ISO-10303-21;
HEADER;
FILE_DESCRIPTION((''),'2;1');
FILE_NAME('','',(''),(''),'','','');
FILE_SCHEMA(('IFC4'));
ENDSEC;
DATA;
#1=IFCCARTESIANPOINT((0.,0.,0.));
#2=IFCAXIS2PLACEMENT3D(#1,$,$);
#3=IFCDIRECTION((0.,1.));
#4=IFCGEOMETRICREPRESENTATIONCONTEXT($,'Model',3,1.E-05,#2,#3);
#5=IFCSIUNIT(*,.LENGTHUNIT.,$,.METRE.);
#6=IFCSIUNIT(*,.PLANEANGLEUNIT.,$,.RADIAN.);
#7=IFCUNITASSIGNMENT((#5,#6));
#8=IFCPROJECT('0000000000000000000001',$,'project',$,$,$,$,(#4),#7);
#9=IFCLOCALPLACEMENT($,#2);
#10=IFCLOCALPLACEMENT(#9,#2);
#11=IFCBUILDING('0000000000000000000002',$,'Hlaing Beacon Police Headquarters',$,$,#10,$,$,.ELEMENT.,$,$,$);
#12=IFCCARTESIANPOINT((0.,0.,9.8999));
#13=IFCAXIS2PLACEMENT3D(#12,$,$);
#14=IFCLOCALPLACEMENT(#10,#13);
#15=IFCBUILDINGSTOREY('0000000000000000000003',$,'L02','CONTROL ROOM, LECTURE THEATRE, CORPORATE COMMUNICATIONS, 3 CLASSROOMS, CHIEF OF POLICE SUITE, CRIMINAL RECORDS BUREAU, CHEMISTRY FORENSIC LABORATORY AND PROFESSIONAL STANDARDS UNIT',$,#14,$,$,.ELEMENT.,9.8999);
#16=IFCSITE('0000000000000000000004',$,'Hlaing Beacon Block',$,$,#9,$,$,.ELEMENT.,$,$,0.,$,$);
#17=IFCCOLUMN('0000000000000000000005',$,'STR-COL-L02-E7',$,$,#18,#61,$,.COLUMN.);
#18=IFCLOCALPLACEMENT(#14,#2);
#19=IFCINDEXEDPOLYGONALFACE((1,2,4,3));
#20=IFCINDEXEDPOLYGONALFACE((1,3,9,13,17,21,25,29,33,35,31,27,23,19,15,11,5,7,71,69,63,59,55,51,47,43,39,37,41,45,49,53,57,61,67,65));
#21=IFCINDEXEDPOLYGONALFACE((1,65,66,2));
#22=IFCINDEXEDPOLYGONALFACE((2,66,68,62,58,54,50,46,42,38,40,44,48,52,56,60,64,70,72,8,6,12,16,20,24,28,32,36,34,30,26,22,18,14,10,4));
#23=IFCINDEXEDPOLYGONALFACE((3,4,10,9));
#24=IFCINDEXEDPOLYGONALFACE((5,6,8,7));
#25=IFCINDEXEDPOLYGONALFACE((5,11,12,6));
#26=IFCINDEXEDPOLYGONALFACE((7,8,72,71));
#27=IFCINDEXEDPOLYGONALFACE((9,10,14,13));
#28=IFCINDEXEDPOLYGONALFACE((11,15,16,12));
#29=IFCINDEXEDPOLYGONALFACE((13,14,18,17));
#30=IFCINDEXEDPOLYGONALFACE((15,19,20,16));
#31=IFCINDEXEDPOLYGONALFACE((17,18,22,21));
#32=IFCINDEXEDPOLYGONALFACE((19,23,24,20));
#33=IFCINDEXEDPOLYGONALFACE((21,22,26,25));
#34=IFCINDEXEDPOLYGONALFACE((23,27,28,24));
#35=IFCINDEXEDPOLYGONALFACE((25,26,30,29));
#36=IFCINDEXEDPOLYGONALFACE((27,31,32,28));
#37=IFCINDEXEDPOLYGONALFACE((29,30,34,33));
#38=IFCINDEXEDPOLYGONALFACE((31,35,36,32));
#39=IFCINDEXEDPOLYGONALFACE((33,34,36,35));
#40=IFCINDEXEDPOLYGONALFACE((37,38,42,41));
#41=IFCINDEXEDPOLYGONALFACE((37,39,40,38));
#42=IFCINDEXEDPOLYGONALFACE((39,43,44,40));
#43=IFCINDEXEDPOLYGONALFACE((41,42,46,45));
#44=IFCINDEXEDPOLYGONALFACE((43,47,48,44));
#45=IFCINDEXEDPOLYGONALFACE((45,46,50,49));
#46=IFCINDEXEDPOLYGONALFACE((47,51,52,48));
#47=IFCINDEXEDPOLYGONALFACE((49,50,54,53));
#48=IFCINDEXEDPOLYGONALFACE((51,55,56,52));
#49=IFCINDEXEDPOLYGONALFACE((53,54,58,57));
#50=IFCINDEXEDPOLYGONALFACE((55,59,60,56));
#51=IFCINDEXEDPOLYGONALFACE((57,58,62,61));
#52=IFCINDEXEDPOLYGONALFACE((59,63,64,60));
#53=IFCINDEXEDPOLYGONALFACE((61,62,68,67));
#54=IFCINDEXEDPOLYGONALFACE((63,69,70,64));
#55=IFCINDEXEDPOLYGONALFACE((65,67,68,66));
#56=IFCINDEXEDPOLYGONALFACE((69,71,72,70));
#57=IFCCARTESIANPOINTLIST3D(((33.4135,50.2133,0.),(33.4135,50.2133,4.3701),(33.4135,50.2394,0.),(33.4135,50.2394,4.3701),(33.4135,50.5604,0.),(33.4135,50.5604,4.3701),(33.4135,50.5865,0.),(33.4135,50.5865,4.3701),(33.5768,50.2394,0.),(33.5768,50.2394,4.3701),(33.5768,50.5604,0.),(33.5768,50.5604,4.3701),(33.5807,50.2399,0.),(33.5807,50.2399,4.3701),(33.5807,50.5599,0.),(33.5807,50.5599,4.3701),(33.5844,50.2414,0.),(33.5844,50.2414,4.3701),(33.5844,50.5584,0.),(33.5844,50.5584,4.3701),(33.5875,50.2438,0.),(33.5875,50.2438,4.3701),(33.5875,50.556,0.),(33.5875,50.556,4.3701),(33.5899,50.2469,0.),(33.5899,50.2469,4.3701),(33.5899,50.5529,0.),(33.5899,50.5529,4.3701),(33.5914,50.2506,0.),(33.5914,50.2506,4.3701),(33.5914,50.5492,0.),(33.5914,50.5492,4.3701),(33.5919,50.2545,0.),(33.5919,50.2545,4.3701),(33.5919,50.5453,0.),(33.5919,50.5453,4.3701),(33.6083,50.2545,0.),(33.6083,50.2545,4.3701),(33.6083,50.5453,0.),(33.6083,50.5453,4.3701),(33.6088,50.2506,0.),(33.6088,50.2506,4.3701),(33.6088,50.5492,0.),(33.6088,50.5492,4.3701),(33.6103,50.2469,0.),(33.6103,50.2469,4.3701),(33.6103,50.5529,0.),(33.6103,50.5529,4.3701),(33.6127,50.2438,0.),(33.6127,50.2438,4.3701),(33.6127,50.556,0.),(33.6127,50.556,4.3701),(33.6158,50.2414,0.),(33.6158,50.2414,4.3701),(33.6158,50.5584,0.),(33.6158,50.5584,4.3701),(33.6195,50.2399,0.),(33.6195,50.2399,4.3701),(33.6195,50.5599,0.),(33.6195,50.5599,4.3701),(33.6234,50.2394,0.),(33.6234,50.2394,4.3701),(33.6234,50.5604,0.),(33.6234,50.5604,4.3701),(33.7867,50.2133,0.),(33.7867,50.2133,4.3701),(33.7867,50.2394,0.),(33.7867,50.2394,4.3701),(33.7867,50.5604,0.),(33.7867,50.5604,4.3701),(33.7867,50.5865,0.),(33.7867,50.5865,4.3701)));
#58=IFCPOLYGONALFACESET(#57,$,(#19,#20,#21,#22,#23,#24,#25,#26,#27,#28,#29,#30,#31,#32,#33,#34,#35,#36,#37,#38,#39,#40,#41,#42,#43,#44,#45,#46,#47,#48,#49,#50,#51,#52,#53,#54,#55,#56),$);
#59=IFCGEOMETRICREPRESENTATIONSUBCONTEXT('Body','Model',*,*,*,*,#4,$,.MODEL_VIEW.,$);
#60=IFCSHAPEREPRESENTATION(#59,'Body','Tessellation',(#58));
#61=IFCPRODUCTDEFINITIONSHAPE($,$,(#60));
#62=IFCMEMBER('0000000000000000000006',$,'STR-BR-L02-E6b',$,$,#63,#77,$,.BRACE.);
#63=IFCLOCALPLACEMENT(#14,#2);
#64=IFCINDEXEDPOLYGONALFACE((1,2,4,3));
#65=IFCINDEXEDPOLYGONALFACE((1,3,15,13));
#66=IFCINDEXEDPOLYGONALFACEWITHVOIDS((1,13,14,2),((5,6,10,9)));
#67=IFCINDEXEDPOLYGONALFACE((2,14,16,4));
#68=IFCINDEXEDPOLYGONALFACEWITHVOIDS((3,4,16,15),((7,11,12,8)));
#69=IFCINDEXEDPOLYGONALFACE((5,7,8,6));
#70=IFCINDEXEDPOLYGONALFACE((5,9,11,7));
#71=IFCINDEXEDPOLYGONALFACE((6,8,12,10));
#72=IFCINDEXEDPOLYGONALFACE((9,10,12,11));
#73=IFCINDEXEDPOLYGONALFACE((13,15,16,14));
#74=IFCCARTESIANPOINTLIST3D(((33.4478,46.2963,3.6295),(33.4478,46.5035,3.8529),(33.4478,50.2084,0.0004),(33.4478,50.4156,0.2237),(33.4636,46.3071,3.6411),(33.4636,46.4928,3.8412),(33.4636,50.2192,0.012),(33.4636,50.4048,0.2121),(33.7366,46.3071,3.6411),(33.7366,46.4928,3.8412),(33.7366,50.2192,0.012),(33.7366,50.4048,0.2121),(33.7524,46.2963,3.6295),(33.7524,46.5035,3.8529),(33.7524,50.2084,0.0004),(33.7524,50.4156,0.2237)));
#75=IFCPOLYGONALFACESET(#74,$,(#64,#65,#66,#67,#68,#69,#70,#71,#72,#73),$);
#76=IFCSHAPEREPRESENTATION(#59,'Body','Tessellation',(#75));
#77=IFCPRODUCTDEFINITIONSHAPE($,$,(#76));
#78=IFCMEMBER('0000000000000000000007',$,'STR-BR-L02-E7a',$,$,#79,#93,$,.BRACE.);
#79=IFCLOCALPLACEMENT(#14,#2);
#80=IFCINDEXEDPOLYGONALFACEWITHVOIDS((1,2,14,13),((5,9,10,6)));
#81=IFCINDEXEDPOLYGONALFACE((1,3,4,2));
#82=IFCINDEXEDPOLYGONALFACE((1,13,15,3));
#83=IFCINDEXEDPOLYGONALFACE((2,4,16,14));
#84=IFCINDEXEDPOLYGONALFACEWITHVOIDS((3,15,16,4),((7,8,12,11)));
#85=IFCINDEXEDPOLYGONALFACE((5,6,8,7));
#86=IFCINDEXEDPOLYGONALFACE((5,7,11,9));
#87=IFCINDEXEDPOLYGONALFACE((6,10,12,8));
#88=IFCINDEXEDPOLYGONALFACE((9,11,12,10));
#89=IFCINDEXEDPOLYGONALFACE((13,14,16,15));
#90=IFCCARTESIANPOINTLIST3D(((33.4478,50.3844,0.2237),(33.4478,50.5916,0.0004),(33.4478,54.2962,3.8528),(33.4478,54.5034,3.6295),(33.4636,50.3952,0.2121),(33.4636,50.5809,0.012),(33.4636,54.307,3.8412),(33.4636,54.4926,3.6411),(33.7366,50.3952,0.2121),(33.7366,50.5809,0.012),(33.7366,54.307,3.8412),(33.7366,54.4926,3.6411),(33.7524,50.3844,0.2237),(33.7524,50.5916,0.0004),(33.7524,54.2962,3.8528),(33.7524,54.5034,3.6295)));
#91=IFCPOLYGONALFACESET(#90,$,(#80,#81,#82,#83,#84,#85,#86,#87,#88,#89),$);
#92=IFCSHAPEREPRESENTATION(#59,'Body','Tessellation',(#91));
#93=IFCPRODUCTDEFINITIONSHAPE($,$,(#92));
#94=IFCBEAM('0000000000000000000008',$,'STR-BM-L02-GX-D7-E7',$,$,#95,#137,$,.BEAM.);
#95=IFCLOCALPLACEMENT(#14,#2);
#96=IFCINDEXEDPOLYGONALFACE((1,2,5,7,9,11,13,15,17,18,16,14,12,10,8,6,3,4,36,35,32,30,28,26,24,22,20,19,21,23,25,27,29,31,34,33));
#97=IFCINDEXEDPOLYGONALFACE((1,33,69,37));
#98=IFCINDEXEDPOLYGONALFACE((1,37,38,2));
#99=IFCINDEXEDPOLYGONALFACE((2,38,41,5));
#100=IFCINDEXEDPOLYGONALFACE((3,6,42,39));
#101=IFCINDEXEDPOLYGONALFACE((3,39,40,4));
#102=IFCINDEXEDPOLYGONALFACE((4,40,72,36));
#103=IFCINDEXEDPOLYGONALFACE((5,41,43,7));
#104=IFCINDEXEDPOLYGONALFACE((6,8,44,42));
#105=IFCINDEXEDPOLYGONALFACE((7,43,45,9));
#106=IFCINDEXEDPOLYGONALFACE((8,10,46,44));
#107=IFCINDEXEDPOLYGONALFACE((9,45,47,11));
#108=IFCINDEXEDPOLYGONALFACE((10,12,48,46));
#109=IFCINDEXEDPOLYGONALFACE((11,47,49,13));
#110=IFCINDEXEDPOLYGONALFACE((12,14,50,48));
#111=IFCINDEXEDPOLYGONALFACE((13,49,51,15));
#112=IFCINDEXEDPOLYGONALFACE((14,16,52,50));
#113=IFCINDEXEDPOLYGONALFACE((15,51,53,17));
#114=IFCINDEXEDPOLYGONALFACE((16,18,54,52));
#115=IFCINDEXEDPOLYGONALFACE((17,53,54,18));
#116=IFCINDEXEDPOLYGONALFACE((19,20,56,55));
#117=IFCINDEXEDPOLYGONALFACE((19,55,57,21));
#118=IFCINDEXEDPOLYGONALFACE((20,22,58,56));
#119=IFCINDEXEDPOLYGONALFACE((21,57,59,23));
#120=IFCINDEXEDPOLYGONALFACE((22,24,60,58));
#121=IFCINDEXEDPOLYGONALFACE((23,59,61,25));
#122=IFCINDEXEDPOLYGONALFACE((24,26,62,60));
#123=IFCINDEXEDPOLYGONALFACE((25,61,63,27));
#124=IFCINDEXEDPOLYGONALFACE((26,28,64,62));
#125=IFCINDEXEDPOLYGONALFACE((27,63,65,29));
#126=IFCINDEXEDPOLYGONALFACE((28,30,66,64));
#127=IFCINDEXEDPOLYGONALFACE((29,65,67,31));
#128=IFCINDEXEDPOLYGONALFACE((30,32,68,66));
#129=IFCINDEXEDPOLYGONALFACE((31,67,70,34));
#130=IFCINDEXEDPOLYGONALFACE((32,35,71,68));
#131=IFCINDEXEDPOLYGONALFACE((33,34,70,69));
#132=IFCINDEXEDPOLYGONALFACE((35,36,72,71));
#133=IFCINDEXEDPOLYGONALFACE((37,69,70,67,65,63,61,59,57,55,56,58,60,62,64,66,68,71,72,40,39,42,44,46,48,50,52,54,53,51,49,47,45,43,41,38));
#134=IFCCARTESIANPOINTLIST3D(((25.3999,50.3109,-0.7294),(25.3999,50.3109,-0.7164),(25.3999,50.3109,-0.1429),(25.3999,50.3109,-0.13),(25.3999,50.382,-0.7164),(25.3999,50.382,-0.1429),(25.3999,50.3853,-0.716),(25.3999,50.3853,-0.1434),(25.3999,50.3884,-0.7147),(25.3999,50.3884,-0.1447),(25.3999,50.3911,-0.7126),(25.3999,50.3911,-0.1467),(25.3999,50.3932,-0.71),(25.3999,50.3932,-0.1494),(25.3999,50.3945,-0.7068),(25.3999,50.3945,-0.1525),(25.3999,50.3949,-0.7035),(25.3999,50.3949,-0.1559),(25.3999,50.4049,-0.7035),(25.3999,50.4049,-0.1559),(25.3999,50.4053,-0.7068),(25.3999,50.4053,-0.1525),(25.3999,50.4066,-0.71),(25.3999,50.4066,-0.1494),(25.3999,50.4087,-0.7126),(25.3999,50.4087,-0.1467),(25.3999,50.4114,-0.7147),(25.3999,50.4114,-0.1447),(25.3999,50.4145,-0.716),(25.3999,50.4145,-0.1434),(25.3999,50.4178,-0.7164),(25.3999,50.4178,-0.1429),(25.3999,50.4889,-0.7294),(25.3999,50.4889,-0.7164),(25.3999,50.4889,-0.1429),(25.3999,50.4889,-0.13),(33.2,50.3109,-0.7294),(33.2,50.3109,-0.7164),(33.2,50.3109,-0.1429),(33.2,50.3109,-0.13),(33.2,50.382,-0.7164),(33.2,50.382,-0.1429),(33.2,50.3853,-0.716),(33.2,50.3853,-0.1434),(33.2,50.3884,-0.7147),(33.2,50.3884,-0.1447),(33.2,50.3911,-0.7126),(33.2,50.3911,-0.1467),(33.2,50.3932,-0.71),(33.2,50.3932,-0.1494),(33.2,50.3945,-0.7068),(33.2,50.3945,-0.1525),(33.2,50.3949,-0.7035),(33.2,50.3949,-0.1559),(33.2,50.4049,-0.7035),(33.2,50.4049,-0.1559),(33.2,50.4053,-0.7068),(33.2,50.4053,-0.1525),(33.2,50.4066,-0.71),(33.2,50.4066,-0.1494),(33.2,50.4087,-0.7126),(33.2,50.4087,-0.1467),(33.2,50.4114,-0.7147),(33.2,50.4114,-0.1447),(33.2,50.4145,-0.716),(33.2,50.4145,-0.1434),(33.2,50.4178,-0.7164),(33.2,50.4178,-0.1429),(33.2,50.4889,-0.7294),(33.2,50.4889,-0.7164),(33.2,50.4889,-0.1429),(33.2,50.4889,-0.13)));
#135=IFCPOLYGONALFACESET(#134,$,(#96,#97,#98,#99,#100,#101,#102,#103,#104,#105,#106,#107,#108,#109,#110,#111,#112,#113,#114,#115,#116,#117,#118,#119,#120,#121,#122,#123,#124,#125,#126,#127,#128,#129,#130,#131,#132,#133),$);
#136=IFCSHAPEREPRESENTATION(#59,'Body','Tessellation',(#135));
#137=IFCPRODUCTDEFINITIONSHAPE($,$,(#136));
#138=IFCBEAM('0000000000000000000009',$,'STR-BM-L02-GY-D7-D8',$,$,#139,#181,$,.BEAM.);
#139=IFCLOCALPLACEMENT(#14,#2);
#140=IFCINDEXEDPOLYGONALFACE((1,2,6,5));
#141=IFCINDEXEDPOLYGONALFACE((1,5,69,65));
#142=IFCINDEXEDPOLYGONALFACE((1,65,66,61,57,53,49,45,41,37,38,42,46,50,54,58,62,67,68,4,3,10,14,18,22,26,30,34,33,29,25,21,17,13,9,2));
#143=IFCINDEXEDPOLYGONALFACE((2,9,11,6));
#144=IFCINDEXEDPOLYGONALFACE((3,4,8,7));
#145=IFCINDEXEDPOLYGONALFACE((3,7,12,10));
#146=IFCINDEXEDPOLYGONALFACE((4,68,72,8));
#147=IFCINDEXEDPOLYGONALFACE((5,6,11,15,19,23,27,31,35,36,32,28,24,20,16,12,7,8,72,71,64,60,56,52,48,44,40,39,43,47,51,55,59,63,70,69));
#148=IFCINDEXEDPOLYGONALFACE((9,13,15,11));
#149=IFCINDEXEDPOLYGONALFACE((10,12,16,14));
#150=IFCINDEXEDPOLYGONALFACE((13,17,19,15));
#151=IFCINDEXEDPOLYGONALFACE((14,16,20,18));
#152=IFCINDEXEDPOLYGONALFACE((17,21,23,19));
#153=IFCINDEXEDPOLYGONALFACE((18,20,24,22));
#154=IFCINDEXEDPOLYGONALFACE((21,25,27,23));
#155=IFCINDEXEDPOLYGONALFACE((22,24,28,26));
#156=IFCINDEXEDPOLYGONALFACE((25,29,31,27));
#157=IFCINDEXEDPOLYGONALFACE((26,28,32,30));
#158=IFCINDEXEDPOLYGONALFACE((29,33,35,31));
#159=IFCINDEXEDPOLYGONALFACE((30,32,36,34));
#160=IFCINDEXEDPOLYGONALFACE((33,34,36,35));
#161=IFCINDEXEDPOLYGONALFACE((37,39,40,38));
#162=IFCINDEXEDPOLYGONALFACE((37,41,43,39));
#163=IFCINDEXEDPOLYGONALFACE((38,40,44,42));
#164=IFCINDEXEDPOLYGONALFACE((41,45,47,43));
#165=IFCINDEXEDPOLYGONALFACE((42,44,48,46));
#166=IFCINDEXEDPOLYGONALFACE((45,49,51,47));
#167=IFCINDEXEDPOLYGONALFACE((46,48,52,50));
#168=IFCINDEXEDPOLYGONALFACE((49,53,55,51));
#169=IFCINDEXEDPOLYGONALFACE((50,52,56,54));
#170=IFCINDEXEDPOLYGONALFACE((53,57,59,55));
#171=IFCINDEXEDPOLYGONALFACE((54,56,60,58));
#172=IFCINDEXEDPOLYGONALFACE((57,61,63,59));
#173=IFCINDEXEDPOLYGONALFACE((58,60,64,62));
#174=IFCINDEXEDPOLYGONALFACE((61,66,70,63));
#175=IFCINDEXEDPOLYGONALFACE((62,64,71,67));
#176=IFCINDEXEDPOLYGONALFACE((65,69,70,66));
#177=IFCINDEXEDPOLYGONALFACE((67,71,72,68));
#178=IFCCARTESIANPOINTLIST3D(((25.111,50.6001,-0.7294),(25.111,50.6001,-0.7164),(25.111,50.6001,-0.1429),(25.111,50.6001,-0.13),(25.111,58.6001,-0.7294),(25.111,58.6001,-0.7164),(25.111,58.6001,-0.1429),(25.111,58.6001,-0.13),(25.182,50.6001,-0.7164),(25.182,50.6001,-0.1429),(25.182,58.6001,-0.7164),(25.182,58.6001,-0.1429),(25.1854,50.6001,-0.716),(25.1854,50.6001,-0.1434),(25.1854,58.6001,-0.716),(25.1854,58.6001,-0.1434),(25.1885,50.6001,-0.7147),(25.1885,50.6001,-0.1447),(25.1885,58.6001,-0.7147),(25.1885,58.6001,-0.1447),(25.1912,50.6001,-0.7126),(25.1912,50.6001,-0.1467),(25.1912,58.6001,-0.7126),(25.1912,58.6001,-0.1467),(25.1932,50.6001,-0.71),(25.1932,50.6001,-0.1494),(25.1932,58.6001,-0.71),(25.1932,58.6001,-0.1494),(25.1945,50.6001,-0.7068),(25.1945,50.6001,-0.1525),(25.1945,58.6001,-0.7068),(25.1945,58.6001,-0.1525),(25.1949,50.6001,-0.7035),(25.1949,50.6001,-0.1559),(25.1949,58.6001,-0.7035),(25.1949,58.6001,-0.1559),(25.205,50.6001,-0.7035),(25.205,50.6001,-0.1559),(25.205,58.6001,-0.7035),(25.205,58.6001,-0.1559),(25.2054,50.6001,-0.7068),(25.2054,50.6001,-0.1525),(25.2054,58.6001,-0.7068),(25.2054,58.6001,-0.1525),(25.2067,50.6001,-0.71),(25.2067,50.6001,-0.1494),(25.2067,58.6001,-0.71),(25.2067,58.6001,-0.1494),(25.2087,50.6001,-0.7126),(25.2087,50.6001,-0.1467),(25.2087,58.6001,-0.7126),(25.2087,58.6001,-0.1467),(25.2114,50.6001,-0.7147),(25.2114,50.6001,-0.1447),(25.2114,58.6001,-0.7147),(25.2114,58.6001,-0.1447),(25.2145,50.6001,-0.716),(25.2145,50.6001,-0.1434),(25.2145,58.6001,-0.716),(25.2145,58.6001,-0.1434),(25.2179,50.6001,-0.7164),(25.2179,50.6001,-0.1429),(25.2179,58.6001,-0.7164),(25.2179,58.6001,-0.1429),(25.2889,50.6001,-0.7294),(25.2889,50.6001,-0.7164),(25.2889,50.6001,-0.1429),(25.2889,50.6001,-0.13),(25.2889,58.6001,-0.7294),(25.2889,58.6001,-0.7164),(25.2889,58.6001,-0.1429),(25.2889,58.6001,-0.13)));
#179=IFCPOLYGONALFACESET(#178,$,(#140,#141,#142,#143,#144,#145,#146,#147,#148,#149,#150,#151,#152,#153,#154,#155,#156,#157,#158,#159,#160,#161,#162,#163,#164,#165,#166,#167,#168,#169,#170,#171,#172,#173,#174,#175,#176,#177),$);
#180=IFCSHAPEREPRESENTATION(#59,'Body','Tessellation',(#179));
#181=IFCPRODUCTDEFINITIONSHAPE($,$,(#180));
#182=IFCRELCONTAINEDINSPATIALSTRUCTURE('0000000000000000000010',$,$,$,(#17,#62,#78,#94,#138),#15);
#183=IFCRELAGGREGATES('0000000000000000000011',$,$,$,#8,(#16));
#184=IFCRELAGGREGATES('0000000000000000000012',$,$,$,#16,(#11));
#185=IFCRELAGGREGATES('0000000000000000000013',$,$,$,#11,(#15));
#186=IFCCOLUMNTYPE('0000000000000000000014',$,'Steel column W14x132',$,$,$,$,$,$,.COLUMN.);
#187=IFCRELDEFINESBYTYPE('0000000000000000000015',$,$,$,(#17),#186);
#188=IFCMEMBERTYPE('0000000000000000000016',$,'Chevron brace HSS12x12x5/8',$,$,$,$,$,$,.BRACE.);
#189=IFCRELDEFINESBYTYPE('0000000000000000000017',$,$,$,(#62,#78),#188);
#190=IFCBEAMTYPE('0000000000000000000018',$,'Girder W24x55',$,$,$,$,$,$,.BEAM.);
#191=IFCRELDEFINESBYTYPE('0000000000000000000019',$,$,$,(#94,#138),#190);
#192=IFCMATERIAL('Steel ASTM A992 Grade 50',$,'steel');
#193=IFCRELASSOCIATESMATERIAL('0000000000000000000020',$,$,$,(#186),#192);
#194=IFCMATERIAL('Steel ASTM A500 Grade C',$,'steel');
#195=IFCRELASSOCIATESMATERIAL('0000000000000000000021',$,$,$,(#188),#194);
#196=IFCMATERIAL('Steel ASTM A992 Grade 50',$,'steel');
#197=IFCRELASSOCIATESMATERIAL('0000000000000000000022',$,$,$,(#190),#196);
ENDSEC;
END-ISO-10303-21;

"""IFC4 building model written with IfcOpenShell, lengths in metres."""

from ifc_helpers import new_model, si_unit, direction, frame, origin, origin_2d, place, context, subcontext, project, spatial, hollow_rectangle, i_section, extrude, material, material_profile, profile_set, type_object, element, save


model = new_model("IFC4")

# Units and contexts
model_context = context("Model", 3, precision=1e-05, world=origin(), true_north=direction((0.0, 1.0)))
body_context = subcontext(model_context, "Body", "Model", "MODEL_VIEW")
ifc_project = project(units=[si_unit("LENGTHUNIT", "METRE"), si_unit("PLANEANGLEUNIT", "RADIAN")], contexts=[model_context])

# Site, building, storey
site_placement = place(None, origin())
site = spatial("IfcSite", under=ifc_project, at=site_placement, Name="Hlaing Beacon Block", CompositionType="ELEMENT", RefElevation=0.0)
building_placement = place(site_placement, origin())
building = spatial("IfcBuilding", under=site, at=building_placement, Name="Hlaing Beacon Police Headquarters", CompositionType="ELEMENT")
storey_placement = place(building_placement, frame((0.0, 0.0, 9.8999)))
storey = spatial("IfcBuildingStorey", under=building, at=storey_placement, Name="L02", Description="CONTROL ROOM, LECTURE THEATRE, CORPORATE COMMUNICATIONS, 3 CLASSROOMS, CHIEF OF POLICE SUITE, CRIMINAL RECORDS BUREAU, CHEMISTRY FORENSIC LABORATORY AND PROFESSIONAL STANDARDS UNIT", CompositionType="ELEMENT", Elevation=9.8999)

# Column
ifc_material_1 = material(Name="Steel ASTM A992 Grade 50", Category="steel")
ifc_material_profile_1 = material_profile(ifc_material_1, i_section(OverallWidth=0.3733, OverallDepth=0.3733, WebThickness=0.0164, FlangeThickness=0.0261, FilletRadius=0.0151, at=origin_2d()), Name="W14x132")
ifc_profile_set_1 = profile_set([ifc_material_profile_1], Name="Steel ASTM A992 Grade 50")
column_type = type_object("IfcColumnType", Name="Steel column W14x132", PredefinedType="COLUMN", material=ifc_profile_set_1)
column_placement = place(storey_placement, frame((33.6001, 50.3999, 0.0), z_axis=(0.0, 0.0, 1.0), x_axis=(1.0, 0.0, 0.0)))
element("IfcColumn", 1, at=column_placement, inside=storey, type_object=column_type, Name="STR-COL-L02-E7", PredefinedType="COLUMN", context=body_context, shape_type="SweptSolid", body=[
    extrude(i_section(OverallWidth=0.3733, OverallDepth=0.3733, WebThickness=0.0164, FlangeThickness=0.0261, FilletRadius=0.0151, at=origin_2d()), origin(), (0.0, 0.0, 1.0), 4.3701),
])

# Members
ifc_material_2 = material(Name="Steel ASTM A500 Grade C", Category="steel")
ifc_material_profile_2 = material_profile(ifc_material_2, hollow_rectangle(XDim=0.3047, YDim=0.3047, WallThickness=0.0159, at=origin_2d()), Name="HSS12x12x5/8")
ifc_profile_set_2 = profile_set([ifc_material_profile_2], Name="Steel ASTM A500 Grade C")
member_type = type_object("IfcMemberType", Name="Chevron brace HSS12x12x5/8", PredefinedType="BRACE", material=ifc_profile_set_2)
member_1_placement = place(storey_placement, frame((33.6001, 50.312, 0.1121), z_axis=(0.0, -0.733123, 0.680097), x_axis=(1.0, 0.0, 0.0)))
element("IfcMember", 2, at=member_1_placement, inside=storey, type_object=member_type, Name="STR-BR-L02-E6b", PredefinedType="BRACE", context=body_context, shape_type="SweptSolid", body=[
    extrude(hollow_rectangle(XDim=0.3047, YDim=0.3047, WallThickness=0.0159, at=origin_2d()), origin(), (0.0, 0.0, 1.0), 5.3362),
])
member_2_placement = place(storey_placement, frame((33.6001, 50.488, 0.1121), z_axis=(0.0, 0.733101, 0.680119), x_axis=(-1.0, 0.0, 0.0)))
element("IfcMember", 3, at=member_2_placement, inside=storey, type_object=member_type, Name="STR-BR-L02-E7a", PredefinedType="BRACE", context=body_context, shape_type="SweptSolid", body=[
    extrude(hollow_rectangle(XDim=0.3047, YDim=0.3047, WallThickness=0.0159, at=origin_2d()), origin(), (0.0, 0.0, 1.0), 5.3359),
])

# Beams
ifc_material_3 = material(Name="Steel ASTM A992 Grade 50", Category="steel")
ifc_material_profile_3 = material_profile(ifc_material_3, i_section(OverallWidth=0.178, OverallDepth=0.5994, WebThickness=0.01, FlangeThickness=0.0129, FilletRadius=0.0129, at=origin_2d()), Name="W24x55")
ifc_profile_set_3 = profile_set([ifc_material_profile_3], Name="Steel ASTM A992 Grade 50")
beam_type_1 = type_object("IfcBeamType", Name="Girder W24x55", PredefinedType="BEAM", material=ifc_profile_set_3)
beam_1_placement = place(storey_placement, frame((25.3999, 50.3999, -0.4297), z_axis=(1.0, 0.0, 0.0), x_axis=(0.0, 1.0, 0.0)))
element("IfcBeam", 4, at=beam_1_placement, inside=storey, type_object=beam_type_1, Name="STR-BM-L02-GX-D7-E7", PredefinedType="BEAM", context=body_context, shape_type="SweptSolid", body=[
    extrude(i_section(OverallWidth=0.178, OverallDepth=0.5994, WebThickness=0.01, FlangeThickness=0.0129, FilletRadius=0.0129, at=origin_2d()), origin(), (0.0, 0.0, 1.0), 7.8),
])
beam_2_placement = place(storey_placement, frame((25.2, 50.6001, -0.4297), z_axis=(0.0, 1.0, 0.0), x_axis=(-1.0, 0.0, 0.0)))
element("IfcBeam", 5, at=beam_2_placement, inside=storey, type_object=beam_type_1, Name="STR-BM-L02-GY-D7-D8", PredefinedType="BEAM", context=body_context, shape_type="SweptSolid", body=[
    extrude(i_section(OverallWidth=0.178, OverallDepth=0.5994, WebThickness=0.01, FlangeThickness=0.0129, FilletRadius=0.0129, at=origin_2d()), origin(), (0.0, 0.0, 1.0), 8.0),
])

save(model, "model.ifc")
